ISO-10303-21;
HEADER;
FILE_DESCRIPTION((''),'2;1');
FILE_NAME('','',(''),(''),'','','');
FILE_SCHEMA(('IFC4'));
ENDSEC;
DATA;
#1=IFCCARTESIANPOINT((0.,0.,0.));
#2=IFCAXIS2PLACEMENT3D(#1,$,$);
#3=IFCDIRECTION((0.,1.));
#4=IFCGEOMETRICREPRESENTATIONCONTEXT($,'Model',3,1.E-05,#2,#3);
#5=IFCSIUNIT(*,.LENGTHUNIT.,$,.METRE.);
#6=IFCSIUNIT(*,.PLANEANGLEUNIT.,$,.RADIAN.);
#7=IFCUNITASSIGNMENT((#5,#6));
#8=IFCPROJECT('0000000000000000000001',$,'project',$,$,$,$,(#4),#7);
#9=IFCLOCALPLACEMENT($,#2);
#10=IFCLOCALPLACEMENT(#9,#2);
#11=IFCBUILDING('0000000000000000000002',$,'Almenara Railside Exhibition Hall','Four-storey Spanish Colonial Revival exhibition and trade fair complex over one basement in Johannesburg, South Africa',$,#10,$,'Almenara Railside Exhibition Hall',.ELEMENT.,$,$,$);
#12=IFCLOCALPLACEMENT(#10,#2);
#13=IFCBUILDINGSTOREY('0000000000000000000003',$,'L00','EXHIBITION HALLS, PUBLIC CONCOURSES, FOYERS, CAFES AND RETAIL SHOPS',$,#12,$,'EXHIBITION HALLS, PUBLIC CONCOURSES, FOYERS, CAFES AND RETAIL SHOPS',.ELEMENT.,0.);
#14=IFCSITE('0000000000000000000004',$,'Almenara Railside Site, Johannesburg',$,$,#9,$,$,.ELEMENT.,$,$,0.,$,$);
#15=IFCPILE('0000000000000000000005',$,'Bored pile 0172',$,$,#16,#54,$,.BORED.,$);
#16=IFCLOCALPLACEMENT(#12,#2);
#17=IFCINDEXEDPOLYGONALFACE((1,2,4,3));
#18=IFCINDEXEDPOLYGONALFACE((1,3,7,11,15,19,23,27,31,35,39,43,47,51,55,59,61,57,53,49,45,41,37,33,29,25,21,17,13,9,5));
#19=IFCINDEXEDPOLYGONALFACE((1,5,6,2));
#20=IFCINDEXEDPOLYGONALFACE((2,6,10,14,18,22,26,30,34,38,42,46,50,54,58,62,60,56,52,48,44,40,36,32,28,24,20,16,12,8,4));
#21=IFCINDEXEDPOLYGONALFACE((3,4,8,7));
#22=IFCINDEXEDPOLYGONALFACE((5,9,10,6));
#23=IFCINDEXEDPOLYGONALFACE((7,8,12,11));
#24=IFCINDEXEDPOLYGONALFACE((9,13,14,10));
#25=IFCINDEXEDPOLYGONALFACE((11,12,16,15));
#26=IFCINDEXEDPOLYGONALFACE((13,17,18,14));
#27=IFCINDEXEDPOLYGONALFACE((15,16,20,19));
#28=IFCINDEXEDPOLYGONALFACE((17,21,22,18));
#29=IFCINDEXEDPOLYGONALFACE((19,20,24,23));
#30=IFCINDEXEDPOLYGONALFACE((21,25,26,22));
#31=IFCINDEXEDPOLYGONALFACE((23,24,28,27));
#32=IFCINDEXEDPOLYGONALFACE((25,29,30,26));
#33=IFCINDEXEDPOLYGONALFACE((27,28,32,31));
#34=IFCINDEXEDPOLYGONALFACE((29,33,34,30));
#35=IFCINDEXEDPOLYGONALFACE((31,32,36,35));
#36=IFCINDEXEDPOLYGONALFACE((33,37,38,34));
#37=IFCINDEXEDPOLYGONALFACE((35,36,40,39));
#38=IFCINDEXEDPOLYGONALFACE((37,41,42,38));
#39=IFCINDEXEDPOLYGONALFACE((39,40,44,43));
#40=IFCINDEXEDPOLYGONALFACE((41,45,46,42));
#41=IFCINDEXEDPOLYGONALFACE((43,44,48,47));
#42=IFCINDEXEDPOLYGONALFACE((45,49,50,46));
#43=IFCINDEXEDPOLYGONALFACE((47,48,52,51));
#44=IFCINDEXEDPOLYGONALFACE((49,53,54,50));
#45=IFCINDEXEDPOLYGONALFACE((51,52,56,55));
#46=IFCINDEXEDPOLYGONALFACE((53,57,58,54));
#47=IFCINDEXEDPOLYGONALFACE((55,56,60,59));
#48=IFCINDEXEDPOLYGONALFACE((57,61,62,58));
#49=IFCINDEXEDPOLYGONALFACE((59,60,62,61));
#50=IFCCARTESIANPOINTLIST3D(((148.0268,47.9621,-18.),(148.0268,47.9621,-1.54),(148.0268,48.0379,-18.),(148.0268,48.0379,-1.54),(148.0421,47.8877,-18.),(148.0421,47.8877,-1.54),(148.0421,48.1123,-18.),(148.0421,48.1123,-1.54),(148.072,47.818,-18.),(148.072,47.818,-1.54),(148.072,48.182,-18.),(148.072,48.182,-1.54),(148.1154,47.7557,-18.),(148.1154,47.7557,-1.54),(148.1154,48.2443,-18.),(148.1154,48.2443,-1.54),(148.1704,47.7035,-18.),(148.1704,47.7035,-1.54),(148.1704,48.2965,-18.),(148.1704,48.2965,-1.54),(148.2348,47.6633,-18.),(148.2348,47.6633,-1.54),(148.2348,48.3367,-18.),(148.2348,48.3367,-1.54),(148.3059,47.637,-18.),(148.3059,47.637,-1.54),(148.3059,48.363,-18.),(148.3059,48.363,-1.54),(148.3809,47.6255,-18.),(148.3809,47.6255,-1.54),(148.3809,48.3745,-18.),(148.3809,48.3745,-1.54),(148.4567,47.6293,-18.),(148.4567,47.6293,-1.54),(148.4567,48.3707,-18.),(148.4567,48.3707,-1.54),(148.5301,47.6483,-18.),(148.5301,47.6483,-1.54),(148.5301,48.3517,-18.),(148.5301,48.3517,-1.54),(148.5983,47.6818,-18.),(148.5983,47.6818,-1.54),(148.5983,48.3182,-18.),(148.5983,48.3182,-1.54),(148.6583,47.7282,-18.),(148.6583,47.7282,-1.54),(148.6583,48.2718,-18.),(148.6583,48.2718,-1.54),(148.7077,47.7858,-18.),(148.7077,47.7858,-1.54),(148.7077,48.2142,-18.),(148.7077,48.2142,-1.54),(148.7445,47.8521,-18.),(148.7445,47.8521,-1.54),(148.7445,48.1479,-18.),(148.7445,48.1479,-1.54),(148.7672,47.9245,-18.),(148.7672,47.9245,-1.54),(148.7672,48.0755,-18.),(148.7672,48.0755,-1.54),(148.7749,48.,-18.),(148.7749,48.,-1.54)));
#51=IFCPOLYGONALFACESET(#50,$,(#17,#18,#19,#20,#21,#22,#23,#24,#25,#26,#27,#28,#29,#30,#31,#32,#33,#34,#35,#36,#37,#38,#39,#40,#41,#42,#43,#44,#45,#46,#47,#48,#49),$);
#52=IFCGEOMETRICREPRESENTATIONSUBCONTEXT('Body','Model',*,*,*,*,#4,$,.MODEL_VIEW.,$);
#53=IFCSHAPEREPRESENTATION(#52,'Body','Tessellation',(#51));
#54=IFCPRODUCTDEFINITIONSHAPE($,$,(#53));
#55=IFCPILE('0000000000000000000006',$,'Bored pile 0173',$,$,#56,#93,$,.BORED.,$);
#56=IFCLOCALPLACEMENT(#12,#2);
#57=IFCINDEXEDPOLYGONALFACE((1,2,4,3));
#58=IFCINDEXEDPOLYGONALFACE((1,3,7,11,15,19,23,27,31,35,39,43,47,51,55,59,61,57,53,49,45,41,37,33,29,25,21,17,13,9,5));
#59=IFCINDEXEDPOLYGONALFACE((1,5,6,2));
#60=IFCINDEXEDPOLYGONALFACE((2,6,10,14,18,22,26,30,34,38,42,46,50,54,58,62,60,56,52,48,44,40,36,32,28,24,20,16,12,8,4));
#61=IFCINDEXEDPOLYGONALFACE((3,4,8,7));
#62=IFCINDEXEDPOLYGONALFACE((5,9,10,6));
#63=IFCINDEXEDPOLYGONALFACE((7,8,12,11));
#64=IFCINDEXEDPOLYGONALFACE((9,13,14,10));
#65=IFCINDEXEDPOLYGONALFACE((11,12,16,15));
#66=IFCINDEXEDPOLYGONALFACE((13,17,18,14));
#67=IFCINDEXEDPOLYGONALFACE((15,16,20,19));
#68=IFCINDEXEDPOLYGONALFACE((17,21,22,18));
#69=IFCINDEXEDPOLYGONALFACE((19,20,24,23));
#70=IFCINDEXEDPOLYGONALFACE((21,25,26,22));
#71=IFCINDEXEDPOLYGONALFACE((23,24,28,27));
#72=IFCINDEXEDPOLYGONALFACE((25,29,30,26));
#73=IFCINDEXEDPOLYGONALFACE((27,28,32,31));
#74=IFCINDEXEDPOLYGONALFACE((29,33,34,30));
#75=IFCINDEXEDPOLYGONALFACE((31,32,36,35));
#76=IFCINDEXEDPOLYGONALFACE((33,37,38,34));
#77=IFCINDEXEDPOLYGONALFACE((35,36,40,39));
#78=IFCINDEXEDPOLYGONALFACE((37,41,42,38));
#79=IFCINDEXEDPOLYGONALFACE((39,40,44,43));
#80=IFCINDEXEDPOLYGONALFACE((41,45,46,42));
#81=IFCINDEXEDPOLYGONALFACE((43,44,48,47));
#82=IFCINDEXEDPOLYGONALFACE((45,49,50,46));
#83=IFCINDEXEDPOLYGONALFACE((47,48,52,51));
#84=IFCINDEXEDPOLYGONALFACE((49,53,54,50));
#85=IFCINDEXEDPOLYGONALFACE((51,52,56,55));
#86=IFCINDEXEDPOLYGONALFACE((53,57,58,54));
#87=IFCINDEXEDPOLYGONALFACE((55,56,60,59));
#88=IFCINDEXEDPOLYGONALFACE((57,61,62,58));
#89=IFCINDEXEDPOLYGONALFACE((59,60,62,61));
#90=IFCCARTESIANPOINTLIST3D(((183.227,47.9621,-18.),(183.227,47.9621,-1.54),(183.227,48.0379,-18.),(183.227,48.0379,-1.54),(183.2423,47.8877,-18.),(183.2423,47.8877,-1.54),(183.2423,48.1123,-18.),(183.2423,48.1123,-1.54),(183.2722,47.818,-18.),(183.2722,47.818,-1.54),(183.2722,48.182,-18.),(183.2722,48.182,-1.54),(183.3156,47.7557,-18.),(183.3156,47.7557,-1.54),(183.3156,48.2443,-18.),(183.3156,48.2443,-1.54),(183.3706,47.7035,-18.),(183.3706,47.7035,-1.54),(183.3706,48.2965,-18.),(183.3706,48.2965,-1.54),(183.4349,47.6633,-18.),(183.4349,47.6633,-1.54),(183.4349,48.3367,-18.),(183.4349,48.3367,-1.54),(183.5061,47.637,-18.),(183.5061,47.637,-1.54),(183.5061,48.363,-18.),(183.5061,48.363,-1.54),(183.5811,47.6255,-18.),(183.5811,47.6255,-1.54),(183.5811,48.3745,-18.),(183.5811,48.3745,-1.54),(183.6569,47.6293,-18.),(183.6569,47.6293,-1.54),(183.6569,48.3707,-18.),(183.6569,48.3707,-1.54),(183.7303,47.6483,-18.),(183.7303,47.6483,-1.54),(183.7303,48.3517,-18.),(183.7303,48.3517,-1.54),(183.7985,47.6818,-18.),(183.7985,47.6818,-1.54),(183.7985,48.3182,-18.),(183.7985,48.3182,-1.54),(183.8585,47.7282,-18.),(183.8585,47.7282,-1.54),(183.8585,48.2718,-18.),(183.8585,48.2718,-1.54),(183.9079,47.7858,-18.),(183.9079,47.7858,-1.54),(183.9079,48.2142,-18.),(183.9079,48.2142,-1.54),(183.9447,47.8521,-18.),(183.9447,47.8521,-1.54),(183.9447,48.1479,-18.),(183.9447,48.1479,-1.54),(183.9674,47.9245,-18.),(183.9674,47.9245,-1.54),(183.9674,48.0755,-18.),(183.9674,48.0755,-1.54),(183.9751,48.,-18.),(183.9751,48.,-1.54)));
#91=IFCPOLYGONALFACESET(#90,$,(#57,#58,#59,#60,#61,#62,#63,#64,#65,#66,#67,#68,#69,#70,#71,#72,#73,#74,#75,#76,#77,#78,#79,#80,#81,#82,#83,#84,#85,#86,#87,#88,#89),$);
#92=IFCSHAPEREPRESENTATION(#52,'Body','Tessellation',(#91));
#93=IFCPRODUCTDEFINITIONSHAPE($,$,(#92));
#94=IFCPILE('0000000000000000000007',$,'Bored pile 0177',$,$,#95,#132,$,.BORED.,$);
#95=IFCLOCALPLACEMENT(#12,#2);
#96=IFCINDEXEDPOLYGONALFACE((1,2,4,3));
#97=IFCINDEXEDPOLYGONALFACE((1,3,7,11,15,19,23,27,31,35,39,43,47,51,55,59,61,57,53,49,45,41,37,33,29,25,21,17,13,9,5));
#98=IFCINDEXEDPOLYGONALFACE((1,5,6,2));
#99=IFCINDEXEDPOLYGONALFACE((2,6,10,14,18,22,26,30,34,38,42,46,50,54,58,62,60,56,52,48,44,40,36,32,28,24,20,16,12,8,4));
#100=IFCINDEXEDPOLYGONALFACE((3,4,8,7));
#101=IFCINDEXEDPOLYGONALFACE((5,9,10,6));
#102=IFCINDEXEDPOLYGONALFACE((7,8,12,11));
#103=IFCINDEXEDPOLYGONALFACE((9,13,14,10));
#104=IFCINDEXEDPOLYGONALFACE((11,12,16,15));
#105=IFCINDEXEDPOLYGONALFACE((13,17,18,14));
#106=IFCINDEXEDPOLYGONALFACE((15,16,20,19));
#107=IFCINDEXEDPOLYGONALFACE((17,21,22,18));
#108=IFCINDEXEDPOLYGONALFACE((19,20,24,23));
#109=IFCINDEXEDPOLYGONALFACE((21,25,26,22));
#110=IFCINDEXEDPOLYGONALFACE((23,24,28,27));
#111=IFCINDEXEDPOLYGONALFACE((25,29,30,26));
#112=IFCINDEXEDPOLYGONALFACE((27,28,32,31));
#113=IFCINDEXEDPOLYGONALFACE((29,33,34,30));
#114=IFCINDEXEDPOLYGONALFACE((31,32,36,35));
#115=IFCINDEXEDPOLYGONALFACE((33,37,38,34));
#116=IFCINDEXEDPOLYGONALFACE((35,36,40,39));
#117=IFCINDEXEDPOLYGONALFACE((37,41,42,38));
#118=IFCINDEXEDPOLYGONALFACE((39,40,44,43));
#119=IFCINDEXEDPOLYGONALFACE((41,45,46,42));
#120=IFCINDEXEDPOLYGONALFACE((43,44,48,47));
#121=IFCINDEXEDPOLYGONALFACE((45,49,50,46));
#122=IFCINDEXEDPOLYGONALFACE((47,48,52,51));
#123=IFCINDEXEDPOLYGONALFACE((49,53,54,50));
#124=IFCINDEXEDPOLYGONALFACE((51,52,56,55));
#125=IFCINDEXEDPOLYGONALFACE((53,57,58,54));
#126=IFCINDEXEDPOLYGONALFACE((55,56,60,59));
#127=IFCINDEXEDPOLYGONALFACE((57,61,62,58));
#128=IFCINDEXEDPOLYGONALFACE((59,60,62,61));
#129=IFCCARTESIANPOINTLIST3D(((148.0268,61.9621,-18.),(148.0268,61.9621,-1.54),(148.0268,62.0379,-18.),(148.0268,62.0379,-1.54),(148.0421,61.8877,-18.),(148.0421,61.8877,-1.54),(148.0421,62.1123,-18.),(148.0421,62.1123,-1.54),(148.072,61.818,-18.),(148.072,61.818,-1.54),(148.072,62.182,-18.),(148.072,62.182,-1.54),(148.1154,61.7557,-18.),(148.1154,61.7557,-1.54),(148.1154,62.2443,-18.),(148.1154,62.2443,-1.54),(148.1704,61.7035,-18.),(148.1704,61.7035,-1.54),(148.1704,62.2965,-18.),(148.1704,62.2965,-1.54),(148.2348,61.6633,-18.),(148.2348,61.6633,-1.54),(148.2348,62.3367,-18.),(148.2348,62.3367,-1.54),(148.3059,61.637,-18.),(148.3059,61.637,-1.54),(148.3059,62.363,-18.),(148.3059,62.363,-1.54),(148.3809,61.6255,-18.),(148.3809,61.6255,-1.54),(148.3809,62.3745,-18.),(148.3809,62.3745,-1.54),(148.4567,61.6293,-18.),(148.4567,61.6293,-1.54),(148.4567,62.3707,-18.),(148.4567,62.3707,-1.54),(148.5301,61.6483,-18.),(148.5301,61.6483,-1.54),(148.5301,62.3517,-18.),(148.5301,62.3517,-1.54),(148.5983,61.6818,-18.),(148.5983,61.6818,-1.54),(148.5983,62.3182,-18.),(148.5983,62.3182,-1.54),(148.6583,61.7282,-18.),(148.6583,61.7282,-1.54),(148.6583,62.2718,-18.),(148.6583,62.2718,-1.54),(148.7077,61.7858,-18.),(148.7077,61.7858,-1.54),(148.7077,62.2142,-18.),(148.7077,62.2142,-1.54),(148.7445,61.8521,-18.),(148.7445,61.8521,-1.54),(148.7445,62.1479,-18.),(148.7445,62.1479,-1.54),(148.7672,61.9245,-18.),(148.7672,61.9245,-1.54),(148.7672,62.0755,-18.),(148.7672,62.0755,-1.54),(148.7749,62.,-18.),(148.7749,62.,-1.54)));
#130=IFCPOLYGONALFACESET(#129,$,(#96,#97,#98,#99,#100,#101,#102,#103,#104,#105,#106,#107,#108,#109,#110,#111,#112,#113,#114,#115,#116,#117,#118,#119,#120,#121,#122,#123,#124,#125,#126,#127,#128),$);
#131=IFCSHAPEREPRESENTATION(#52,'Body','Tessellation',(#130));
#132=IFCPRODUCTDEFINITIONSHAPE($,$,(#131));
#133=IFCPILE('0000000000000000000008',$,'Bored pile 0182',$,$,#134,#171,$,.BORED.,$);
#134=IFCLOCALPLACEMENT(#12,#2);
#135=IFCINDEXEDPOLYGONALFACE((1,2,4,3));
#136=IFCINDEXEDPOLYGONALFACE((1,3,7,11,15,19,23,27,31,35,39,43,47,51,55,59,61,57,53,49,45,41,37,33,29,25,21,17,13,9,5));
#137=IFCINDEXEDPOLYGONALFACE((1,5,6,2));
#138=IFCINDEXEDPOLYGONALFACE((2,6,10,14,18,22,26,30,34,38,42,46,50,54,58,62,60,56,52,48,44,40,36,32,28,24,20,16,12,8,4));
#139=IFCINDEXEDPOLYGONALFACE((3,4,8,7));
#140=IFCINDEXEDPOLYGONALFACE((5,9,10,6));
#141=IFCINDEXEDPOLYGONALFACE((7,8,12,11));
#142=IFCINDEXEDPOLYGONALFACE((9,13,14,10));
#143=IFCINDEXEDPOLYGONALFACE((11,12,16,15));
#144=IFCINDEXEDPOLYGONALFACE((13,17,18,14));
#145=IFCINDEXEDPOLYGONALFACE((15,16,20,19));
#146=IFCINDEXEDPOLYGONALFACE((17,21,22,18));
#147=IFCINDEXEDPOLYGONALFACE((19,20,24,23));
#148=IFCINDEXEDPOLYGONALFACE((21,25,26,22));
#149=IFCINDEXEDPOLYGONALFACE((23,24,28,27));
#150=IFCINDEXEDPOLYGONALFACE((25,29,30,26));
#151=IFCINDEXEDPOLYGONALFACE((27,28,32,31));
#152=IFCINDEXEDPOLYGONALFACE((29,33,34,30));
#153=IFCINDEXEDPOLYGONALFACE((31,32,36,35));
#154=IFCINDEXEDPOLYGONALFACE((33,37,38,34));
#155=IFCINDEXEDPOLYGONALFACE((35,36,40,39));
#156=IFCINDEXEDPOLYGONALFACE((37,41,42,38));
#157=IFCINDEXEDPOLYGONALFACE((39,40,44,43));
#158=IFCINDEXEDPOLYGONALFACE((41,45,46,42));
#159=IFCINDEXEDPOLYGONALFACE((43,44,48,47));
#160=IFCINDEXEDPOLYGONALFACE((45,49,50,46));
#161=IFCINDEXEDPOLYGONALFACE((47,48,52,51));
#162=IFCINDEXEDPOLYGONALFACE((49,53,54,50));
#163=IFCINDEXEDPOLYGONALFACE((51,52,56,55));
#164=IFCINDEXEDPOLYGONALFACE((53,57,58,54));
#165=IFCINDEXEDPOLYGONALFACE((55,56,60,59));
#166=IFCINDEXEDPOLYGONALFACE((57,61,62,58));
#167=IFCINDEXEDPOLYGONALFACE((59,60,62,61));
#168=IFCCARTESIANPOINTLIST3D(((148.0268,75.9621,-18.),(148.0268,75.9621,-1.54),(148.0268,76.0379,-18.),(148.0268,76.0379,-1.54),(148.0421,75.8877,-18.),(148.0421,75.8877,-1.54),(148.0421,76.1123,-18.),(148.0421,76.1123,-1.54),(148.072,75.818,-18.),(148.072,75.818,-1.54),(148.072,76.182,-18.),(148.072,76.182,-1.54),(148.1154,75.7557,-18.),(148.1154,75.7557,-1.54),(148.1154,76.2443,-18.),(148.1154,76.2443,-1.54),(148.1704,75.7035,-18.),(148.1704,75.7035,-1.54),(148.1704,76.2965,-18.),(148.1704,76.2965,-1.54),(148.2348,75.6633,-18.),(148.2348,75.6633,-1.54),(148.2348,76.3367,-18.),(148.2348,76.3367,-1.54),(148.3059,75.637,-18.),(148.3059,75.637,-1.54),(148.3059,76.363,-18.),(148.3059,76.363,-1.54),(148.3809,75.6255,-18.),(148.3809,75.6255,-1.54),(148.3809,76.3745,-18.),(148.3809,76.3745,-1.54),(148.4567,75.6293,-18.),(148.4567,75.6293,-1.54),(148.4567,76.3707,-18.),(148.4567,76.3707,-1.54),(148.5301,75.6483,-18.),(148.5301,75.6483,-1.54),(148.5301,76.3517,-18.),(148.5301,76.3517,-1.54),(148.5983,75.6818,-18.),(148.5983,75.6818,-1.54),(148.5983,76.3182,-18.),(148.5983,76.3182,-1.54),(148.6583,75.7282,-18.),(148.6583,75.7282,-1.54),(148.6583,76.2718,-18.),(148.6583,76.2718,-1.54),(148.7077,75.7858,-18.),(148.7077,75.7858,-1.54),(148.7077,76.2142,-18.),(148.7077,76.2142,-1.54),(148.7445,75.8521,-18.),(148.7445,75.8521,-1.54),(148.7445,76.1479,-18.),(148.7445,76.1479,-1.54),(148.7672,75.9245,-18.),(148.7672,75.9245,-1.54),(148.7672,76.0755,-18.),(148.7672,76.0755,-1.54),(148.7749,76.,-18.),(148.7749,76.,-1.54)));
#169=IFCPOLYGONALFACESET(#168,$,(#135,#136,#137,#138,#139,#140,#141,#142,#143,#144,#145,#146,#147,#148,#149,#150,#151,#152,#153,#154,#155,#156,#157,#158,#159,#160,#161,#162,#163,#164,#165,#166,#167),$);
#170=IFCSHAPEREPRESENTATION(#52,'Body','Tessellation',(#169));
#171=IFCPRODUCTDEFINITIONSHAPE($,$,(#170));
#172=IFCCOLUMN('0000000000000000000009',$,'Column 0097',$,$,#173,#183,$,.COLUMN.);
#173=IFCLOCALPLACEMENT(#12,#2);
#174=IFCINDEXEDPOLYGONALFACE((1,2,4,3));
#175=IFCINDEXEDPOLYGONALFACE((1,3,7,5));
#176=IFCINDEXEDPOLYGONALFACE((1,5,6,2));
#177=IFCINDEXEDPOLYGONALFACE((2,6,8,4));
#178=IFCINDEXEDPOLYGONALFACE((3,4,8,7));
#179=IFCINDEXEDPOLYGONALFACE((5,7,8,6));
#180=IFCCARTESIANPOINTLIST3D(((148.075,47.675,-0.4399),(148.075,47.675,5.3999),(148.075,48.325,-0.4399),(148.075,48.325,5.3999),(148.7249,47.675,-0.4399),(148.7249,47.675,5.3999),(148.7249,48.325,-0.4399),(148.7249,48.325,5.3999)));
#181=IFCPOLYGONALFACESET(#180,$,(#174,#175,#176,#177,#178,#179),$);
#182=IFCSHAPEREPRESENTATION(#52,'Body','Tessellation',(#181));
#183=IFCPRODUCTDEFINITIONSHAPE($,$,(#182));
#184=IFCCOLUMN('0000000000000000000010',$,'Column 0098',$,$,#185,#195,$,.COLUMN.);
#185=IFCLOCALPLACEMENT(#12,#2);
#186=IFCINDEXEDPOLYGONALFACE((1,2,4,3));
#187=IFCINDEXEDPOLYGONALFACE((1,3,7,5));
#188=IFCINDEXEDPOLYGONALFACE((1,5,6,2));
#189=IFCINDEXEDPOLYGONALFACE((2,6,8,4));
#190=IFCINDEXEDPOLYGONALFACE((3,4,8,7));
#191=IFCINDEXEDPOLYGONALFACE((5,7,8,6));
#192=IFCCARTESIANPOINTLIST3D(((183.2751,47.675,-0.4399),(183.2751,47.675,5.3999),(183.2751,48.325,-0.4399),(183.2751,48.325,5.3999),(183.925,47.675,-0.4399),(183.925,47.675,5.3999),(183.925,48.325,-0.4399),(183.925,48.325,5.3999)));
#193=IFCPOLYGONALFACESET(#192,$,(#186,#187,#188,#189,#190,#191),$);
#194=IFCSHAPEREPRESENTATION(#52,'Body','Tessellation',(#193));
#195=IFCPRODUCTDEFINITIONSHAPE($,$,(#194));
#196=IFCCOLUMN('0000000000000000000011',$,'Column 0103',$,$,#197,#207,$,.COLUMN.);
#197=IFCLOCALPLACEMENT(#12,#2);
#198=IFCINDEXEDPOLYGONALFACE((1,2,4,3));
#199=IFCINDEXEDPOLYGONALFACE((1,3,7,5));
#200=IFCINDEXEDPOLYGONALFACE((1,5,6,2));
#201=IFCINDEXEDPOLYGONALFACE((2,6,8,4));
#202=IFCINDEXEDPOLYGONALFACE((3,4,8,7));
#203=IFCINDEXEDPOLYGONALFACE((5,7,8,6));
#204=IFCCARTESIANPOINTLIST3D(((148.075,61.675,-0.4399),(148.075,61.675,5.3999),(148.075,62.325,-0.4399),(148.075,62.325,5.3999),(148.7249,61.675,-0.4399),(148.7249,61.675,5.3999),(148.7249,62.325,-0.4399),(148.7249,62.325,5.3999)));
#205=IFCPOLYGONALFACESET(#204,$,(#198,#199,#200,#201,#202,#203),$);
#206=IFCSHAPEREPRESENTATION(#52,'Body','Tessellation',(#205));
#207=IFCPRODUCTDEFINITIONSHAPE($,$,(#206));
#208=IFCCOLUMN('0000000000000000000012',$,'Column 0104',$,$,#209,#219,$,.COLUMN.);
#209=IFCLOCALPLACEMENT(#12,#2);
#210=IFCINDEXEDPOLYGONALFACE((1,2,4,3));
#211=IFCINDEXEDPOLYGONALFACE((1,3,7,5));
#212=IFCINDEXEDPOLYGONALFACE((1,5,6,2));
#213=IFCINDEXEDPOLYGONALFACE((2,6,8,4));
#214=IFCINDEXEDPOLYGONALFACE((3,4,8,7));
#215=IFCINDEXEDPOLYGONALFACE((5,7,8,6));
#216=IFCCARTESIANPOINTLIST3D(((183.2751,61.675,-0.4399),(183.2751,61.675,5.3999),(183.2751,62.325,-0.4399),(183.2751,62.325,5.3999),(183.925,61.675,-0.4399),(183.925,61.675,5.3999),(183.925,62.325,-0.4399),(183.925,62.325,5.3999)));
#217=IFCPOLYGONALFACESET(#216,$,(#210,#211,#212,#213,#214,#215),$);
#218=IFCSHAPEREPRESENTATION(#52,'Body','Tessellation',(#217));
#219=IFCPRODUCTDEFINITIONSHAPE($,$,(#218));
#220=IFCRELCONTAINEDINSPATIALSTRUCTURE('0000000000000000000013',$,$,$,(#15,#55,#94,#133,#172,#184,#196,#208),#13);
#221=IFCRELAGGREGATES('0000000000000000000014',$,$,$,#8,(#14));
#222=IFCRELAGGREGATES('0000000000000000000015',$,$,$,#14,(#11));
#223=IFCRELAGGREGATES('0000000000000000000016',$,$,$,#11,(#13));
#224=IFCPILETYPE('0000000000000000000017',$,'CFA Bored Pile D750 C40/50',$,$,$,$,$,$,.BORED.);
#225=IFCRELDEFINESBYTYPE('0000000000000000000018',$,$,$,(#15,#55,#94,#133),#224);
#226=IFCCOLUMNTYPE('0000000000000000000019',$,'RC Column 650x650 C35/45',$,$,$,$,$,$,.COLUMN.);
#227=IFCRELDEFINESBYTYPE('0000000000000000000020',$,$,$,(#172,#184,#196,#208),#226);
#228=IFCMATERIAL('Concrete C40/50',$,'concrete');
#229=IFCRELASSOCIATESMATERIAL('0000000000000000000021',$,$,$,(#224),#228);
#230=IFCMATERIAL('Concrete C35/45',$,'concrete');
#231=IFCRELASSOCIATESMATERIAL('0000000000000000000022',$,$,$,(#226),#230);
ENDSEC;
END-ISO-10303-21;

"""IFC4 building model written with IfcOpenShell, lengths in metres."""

from ifc_helpers import new_model, si_unit, direction, frame, origin, origin_2d, place, context, subcontext, project, spatial, rectangle, circle, extrude, material, material_profile, profile_set, type_object, element, save


model = new_model("IFC4")

# Units and contexts
model_context = context("Model", 3, precision=1e-05, world=origin(), true_north=direction((0.0, 1.0)))
body_context = subcontext(model_context, "Body", "Model", "MODEL_VIEW")
ifc_project = project(units=[si_unit("LENGTHUNIT", "METRE"), si_unit("PLANEANGLEUNIT", "RADIAN")], contexts=[model_context])

# Site, building, storey
site_placement = place(None, origin())
site = spatial("IfcSite", under=ifc_project, at=site_placement, Name="Almenara Railside Site, Johannesburg", CompositionType="ELEMENT", RefElevation=0.0)
building_placement = place(site_placement, origin())
building = spatial("IfcBuilding", under=site, at=building_placement, Name="Almenara Railside Exhibition Hall", Description="Four-storey Spanish Colonial Revival exhibition and trade fair complex over one basement in Johannesburg, South Africa", LongName="Almenara Railside Exhibition Hall", CompositionType="ELEMENT")
storey_placement = place(building_placement, origin())
storey = spatial("IfcBuildingStorey", under=building, at=storey_placement, Name="L00", Description="EXHIBITION HALLS, PUBLIC CONCOURSES, FOYERS, CAFES AND RETAIL SHOPS", LongName="EXHIBITION HALLS, PUBLIC CONCOURSES, FOYERS, CAFES AND RETAIL SHOPS", CompositionType="ELEMENT", Elevation=0.0)

# Piles
ifc_material_1 = material(Name="Concrete C40/50", Category="concrete")
ifc_material_profile_1 = material_profile(ifc_material_1, circle(Radius=0.375, at=origin_2d()), Name="CFA-PILE D750")
ifc_profile_set_1 = profile_set([ifc_material_profile_1], Name="Concrete C40/50")
pile_type_1 = type_object("IfcPileType", Name="CFA Bored Pile D750 C40/50", PredefinedType="BORED", material=ifc_profile_set_1)
for number, where, z_axis, x_axis, name in (
    (1, (148.3999, 48.0, -1.54), (0.0, 0.0, -1.0), (1.0, 0.0, 0.0), "Bored pile 0172"),
    (2, (183.6001, 48.0, -1.54), (0.0, 0.0, -1.0), (1.0, 0.0, 0.0), "Bored pile 0173"),
    (3, (148.3999, 62.0, -1.54), (0.0, 0.0, -1.0), (1.0, 0.0, 0.0), "Bored pile 0177"),
    (4, (148.3999, 76.0, -1.54), (0.0, 0.0, -1.0), (1.0, 0.0, 0.0), "Bored pile 0182"),
):
    element("IfcPile", number, at=place(storey_placement, frame(where, z_axis=z_axis, x_axis=x_axis)), inside=storey, type_object=pile_type_1, Name=name, PredefinedType="BORED", context=body_context, shape_type="SweptSolid", body=[
        extrude(circle(Radius=0.375, at=origin_2d()), origin(), (0.0, 0.0, 1.0), 16.46),
    ])

# Columns
ifc_material_2 = material(Name="Concrete C35/45", Category="concrete")
ifc_material_profile_2 = material_profile(ifc_material_2, rectangle(XDim=0.6499, YDim=0.6499, at=origin_2d()), Name="RC 650x650")
ifc_profile_set_2 = profile_set([ifc_material_profile_2], Name="Concrete C35/45")
column_type = type_object("IfcColumnType", Name="RC Column 650x650 C35/45", PredefinedType="COLUMN", material=ifc_profile_set_2)
for number, where, z_axis, x_axis, name in (
    (5, (148.3999, 48.0, -0.4399), (0.0, 0.0, 1.0), (1.0, 0.0, 0.0), "Column 0097"),
    (6, (183.6001, 48.0, -0.4399), (0.0, 0.0, 1.0), (1.0, 0.0, 0.0), "Column 0098"),
    (7, (148.3999, 62.0, -0.4399), (0.0, 0.0, 1.0), (1.0, 0.0, 0.0), "Column 0103"),
    (8, (183.6001, 62.0, -0.4399), (0.0, 0.0, 1.0), (1.0, 0.0, 0.0), "Column 0104"),
):
    element("IfcColumn", number, at=place(storey_placement, frame(where, z_axis=z_axis, x_axis=x_axis)), inside=storey, type_object=column_type, Name=name, PredefinedType="COLUMN", context=body_context, shape_type="SweptSolid", body=[
        extrude(rectangle(XDim=0.6499, YDim=0.6499, at=origin_2d()), origin(), (0.0, 0.0, 1.0), 5.8398),
    ])

save(model, "model.ifc")
